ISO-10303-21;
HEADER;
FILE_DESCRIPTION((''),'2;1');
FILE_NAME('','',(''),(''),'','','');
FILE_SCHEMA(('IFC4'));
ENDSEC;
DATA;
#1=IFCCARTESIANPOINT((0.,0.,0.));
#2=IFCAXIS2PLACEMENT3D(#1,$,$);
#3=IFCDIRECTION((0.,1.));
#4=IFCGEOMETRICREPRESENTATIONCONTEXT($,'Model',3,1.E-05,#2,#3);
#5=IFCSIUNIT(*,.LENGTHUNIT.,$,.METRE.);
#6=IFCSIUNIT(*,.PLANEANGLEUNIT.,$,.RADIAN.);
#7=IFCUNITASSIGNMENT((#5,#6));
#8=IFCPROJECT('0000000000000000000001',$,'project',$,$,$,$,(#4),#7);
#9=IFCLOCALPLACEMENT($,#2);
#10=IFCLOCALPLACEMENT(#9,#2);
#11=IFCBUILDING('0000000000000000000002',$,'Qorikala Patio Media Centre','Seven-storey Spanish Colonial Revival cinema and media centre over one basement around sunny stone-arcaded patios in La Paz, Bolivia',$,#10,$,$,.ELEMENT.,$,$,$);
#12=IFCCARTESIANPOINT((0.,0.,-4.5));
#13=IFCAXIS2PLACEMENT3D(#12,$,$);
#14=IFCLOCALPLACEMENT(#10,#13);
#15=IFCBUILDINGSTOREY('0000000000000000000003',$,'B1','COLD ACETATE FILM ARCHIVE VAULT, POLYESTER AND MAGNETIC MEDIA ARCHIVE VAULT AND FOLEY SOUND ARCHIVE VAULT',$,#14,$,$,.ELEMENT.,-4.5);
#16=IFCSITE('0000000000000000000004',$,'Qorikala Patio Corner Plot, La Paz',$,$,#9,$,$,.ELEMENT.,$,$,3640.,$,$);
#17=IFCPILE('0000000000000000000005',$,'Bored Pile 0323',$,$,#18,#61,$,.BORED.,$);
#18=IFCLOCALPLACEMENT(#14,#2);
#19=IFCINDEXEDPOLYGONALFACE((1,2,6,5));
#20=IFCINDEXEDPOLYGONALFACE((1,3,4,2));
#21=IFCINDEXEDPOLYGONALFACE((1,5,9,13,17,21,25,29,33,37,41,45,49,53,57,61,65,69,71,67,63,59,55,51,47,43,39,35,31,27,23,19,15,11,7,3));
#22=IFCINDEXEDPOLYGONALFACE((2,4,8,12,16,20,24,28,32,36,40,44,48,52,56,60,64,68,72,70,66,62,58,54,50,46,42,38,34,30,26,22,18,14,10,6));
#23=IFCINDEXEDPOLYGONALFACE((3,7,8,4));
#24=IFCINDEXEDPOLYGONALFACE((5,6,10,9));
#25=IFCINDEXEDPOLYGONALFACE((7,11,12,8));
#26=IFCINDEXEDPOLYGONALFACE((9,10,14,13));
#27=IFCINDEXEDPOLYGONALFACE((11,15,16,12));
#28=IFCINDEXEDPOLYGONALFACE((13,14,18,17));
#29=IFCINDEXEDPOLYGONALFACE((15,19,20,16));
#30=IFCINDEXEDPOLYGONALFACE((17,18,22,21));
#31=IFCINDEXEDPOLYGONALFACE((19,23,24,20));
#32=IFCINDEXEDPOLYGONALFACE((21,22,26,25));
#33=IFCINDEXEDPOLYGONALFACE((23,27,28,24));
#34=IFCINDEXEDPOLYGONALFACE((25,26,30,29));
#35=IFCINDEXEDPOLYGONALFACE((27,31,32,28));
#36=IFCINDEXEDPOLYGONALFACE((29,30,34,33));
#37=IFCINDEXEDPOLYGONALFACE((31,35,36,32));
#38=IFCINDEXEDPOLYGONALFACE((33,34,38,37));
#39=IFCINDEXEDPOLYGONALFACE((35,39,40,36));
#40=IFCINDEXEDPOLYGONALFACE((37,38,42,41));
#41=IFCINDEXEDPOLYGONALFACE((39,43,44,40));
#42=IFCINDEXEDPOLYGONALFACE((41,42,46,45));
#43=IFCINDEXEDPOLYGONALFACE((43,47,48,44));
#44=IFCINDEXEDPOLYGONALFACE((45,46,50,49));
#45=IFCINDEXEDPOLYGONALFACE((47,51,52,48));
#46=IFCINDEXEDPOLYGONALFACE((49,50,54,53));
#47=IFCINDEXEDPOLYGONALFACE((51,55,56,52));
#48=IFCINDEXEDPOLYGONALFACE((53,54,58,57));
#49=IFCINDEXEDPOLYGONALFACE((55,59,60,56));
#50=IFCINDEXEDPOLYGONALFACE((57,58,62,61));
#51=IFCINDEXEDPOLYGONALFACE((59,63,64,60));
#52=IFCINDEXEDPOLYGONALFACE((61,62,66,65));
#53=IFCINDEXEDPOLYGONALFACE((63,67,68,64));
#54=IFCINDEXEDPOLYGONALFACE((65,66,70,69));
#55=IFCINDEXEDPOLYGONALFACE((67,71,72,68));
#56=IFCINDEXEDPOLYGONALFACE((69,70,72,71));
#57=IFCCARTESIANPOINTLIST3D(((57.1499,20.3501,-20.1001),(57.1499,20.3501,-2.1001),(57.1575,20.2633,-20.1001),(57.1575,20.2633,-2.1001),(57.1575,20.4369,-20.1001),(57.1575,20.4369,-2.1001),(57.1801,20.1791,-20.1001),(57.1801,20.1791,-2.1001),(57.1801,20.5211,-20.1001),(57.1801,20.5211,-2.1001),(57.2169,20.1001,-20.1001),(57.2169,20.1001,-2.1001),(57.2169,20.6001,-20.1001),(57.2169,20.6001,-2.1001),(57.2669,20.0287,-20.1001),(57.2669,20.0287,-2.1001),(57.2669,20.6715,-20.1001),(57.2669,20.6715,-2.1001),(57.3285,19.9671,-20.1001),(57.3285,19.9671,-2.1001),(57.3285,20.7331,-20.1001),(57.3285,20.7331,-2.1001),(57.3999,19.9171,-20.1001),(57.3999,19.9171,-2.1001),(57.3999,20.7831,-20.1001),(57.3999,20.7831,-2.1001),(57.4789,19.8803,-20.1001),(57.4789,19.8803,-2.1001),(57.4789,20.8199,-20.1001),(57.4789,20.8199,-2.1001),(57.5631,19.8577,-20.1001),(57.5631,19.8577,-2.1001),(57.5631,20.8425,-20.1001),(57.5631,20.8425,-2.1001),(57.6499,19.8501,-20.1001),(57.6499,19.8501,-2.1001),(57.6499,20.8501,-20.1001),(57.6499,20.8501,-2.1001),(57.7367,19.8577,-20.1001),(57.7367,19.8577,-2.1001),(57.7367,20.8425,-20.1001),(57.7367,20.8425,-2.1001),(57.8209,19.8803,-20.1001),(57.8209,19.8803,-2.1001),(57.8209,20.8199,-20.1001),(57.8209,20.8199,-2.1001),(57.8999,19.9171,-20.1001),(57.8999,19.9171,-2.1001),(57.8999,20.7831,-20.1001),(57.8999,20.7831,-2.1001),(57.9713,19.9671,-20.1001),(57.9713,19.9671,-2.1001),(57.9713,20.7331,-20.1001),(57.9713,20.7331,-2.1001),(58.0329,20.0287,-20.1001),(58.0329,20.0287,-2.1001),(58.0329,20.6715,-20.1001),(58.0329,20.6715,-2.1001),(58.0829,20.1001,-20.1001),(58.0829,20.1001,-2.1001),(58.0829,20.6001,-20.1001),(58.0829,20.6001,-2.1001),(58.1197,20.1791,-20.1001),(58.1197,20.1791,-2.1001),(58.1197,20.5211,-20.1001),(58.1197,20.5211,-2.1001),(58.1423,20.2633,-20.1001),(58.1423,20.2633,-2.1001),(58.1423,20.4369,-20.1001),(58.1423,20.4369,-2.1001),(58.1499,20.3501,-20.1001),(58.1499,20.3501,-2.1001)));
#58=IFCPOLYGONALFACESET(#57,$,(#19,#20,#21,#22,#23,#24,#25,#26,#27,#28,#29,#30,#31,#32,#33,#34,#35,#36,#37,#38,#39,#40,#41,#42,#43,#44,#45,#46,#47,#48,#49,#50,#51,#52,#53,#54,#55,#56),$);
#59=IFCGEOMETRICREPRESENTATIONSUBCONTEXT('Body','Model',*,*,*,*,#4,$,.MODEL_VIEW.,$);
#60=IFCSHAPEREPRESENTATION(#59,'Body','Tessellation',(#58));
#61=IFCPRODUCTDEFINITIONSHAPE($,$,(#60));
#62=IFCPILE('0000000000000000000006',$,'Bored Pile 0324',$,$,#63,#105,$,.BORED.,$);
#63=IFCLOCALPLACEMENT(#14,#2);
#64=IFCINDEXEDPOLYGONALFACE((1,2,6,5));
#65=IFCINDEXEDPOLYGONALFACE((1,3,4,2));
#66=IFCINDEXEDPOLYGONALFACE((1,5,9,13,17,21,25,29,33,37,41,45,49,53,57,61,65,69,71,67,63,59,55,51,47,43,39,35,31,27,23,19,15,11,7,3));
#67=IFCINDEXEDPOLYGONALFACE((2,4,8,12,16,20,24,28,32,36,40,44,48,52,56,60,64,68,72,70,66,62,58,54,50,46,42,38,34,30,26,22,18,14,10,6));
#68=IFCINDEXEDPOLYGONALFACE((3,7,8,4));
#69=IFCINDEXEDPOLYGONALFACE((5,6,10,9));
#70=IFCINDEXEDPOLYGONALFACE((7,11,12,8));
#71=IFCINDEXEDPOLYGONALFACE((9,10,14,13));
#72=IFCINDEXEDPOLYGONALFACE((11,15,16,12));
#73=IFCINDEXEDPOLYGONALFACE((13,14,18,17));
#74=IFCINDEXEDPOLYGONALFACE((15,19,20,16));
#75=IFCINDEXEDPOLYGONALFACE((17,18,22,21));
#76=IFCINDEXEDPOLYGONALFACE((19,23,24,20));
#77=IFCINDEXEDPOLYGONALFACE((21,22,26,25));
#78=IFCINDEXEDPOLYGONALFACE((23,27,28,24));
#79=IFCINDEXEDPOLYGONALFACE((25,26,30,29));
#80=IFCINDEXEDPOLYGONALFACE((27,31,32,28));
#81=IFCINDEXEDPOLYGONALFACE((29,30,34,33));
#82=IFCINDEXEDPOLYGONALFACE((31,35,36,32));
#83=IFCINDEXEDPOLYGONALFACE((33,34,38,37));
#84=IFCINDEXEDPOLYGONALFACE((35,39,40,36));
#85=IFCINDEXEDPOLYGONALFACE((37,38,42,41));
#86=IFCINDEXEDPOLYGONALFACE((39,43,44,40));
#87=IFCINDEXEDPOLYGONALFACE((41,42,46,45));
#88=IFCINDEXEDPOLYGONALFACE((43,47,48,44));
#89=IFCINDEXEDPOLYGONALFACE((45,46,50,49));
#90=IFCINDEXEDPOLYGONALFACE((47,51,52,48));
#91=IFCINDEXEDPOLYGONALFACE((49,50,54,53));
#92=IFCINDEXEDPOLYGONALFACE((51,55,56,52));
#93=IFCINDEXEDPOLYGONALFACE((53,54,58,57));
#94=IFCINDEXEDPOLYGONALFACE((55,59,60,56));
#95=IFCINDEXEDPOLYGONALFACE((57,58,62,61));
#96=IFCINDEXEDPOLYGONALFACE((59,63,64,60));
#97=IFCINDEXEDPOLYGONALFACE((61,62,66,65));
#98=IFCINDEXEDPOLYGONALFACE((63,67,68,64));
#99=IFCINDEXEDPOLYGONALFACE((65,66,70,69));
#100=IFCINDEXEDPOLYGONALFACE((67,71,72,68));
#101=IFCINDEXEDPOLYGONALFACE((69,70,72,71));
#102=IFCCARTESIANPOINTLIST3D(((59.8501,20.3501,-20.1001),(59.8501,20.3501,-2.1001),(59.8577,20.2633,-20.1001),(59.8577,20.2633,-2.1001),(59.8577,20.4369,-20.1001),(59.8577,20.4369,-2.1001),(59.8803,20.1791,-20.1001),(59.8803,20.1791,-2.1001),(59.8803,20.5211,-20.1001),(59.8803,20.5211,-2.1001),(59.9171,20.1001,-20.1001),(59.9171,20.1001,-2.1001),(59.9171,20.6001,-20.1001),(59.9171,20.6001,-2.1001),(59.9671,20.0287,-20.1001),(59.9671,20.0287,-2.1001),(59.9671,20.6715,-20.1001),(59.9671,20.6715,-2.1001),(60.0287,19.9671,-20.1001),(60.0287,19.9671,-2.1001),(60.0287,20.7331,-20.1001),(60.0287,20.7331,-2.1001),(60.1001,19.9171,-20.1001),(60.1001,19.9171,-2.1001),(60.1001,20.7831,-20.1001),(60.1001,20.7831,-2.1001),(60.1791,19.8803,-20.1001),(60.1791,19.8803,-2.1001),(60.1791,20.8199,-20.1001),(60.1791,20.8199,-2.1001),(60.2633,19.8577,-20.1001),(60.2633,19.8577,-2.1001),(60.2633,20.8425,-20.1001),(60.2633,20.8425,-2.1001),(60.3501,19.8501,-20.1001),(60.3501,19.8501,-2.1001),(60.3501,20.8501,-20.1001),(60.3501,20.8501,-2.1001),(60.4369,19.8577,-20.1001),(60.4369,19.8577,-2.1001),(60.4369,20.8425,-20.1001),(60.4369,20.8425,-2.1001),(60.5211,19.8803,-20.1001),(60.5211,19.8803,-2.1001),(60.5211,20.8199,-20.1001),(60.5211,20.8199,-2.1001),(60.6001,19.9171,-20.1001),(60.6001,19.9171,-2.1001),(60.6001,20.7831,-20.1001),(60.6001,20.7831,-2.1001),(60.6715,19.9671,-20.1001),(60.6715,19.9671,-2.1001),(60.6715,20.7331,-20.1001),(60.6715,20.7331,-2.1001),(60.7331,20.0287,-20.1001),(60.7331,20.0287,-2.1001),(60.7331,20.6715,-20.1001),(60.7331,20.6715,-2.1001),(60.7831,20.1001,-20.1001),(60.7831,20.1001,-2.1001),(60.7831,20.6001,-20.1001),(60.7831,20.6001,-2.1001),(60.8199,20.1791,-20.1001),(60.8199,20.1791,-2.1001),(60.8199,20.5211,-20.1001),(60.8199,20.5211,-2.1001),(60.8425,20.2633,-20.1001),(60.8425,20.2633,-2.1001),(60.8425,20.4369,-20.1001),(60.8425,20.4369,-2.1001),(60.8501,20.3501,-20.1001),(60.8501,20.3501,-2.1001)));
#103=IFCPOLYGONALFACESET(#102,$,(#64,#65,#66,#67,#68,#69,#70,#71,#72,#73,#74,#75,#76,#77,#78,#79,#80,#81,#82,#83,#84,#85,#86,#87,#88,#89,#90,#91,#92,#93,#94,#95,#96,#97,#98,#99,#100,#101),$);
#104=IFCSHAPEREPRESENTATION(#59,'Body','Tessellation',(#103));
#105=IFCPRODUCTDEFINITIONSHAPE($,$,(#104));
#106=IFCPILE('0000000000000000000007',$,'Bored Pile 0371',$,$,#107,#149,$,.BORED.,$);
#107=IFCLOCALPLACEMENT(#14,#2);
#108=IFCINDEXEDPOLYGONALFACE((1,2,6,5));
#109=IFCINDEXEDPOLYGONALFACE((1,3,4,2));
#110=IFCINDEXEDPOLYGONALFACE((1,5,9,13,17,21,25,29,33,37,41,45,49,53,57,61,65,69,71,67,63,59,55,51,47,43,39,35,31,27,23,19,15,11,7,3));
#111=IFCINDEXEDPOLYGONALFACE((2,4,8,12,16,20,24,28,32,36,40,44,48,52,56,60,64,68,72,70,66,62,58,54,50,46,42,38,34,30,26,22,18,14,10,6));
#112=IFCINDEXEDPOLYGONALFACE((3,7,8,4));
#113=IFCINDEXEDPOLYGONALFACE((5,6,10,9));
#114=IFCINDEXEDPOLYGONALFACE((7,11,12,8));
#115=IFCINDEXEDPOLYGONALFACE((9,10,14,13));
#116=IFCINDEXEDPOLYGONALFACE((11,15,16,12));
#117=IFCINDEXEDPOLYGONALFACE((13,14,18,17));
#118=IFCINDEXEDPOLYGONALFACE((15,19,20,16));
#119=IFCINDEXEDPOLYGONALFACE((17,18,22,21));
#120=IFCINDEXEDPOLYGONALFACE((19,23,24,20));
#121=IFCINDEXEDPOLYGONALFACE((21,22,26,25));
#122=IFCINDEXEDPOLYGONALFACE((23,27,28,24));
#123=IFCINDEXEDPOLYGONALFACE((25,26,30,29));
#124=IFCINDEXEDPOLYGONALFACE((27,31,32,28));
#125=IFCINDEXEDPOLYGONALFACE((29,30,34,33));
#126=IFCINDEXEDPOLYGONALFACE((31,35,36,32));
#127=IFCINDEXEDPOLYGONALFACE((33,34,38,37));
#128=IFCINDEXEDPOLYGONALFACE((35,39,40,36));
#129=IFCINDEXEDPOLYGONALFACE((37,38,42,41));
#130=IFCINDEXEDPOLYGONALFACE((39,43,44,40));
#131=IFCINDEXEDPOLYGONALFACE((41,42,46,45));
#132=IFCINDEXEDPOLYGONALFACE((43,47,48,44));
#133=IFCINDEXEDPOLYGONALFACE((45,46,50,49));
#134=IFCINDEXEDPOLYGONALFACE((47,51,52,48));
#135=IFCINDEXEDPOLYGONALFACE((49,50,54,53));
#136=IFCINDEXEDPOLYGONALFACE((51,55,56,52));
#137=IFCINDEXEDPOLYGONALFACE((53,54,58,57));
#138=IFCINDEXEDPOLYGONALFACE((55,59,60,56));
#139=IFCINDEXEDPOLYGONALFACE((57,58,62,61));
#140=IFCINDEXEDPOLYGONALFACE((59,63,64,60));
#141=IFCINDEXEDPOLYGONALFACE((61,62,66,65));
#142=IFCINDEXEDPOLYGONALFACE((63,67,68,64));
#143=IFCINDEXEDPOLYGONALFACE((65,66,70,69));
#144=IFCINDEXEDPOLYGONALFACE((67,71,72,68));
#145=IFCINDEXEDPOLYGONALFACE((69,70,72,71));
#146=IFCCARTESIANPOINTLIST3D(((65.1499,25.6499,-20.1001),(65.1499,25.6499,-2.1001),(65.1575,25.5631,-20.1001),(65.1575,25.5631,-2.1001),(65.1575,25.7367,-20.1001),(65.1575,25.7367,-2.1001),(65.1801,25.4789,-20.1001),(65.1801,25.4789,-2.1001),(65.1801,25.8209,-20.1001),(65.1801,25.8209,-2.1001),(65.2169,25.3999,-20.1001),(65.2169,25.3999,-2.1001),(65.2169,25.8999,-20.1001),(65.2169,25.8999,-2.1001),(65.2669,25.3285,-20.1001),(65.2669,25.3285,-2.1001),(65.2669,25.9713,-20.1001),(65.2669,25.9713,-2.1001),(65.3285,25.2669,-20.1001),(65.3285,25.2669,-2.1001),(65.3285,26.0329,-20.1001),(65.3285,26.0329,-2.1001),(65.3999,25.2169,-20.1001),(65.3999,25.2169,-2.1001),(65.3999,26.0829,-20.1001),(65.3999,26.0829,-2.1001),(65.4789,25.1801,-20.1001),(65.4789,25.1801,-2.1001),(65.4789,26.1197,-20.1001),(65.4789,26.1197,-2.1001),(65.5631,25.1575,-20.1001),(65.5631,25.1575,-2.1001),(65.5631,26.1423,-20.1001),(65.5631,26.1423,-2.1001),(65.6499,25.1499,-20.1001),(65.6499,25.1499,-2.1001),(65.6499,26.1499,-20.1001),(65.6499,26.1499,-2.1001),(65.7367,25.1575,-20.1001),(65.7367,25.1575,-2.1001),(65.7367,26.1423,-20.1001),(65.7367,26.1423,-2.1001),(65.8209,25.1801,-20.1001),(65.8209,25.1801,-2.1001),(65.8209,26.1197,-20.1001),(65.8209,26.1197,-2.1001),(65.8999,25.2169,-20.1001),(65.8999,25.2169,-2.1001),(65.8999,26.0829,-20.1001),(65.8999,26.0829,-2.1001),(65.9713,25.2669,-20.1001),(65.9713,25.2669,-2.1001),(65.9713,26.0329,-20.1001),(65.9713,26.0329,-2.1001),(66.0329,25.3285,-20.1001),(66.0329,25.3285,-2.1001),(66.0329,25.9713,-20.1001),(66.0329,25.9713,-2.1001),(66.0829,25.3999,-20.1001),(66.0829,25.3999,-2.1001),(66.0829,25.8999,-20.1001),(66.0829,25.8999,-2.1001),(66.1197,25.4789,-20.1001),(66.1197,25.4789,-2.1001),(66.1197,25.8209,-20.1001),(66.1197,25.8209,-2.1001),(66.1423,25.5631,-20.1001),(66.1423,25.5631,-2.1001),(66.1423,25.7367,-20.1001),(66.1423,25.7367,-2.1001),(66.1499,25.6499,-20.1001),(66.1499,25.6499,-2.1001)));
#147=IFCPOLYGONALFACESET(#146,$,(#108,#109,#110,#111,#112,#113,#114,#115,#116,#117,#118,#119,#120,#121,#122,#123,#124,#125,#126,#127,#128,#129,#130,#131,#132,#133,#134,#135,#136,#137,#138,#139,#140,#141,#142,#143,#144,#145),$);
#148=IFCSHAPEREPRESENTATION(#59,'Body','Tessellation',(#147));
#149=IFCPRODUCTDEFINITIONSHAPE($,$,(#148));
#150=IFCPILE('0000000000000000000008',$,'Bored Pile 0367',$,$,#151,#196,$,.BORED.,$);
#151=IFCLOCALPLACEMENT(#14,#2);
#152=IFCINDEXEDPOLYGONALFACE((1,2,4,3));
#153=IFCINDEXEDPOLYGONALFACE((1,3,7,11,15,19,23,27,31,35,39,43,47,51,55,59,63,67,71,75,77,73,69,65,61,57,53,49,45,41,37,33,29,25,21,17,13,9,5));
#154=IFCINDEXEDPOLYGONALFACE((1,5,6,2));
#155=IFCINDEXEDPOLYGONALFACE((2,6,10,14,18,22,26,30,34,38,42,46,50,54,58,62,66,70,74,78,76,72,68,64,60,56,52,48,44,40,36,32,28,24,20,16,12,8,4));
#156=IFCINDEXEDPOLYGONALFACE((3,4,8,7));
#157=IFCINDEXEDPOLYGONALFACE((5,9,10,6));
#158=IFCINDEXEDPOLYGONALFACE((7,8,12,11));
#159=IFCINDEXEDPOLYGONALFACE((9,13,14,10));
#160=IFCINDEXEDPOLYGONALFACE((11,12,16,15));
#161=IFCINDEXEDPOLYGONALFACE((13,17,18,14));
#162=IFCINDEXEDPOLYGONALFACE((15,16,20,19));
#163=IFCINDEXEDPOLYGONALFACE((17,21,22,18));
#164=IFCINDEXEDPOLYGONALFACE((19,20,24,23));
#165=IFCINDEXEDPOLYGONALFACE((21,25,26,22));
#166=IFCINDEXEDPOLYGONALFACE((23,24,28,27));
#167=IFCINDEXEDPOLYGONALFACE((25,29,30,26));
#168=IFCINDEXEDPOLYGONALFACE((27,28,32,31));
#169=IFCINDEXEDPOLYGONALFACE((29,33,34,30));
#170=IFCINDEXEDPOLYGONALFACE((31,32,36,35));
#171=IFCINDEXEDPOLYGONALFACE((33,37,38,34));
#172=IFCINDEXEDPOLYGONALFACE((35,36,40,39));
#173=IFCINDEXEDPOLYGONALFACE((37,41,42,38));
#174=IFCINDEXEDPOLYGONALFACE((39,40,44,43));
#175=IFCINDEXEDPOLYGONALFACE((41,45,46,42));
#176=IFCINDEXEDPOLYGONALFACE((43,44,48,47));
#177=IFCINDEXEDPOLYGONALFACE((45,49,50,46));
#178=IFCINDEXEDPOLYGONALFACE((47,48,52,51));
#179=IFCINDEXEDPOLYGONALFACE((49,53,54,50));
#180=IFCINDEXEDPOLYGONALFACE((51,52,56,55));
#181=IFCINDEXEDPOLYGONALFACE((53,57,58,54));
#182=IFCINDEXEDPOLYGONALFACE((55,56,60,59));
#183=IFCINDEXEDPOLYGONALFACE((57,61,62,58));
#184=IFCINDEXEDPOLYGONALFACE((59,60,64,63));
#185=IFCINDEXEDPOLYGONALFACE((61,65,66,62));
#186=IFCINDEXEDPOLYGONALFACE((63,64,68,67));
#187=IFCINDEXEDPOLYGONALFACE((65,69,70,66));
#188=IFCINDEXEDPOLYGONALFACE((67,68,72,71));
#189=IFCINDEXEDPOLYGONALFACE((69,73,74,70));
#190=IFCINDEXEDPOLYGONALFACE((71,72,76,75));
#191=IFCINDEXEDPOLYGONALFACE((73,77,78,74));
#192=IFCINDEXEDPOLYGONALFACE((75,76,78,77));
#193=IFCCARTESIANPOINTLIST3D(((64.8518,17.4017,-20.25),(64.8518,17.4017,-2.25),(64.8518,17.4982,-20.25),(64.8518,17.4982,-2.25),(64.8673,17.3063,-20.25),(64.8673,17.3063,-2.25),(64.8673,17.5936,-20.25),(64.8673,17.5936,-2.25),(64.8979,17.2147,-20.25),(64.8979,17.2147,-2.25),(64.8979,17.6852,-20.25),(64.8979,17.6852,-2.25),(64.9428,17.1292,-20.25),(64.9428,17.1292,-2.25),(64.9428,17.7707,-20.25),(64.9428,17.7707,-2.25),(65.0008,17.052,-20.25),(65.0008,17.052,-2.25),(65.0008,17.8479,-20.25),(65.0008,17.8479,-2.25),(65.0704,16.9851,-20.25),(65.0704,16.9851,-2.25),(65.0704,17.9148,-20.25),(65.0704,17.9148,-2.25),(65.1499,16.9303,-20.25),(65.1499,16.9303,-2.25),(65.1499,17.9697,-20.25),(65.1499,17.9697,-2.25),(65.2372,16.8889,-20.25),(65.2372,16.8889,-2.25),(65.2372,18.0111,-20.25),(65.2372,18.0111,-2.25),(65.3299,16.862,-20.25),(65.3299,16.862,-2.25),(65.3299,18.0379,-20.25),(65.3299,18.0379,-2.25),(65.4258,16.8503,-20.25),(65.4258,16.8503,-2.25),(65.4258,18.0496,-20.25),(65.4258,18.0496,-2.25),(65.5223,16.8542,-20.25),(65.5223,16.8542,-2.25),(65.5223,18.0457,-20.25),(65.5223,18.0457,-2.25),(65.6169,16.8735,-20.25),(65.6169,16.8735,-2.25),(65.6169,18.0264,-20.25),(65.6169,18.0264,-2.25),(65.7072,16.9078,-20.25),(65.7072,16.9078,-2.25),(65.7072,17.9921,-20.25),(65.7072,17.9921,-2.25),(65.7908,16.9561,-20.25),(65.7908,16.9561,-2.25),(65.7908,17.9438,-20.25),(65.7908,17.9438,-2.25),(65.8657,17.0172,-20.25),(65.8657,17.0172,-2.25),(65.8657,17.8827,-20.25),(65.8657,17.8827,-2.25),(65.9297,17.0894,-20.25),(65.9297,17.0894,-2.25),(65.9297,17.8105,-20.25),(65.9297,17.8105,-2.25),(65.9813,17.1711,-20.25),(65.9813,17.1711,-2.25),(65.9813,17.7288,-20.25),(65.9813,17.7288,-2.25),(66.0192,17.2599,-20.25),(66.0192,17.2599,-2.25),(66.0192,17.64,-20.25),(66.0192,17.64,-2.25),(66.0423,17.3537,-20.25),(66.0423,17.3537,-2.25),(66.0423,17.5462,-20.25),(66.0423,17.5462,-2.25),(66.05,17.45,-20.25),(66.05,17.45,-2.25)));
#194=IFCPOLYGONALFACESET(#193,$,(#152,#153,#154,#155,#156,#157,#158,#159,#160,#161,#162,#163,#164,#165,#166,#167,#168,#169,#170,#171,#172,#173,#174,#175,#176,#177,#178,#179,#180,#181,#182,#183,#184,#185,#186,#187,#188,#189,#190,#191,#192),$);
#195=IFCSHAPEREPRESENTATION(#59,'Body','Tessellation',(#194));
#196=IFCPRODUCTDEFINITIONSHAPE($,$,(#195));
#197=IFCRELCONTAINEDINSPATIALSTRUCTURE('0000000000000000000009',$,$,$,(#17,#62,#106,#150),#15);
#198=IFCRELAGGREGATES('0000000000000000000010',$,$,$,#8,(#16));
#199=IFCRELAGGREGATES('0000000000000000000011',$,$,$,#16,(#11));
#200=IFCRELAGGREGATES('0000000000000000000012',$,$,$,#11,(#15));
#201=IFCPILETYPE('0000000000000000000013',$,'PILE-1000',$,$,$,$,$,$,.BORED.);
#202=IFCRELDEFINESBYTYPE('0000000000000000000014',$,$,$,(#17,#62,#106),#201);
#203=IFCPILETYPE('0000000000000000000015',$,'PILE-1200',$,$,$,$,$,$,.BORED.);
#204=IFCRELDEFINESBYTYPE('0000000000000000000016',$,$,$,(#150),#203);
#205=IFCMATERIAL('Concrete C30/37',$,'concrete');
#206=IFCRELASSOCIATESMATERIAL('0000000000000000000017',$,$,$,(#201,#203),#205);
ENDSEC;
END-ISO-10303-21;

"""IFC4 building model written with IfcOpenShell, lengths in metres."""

from ifc_helpers import new_model, si_unit, direction, frame, origin, origin_2d, place, context, subcontext, project, spatial, circle, extrude, material, material_profile, profile_set, type_object, element, save


model = new_model("IFC4")

# Units and contexts
model_context = context("Model", 3, precision=1e-05, world=origin(), true_north=direction((0.0, 1.0)))
body_context = subcontext(model_context, "Body", "Model", "MODEL_VIEW")
ifc_project = project(units=[si_unit("LENGTHUNIT", "METRE"), si_unit("PLANEANGLEUNIT", "RADIAN")], contexts=[model_context])

# Site, building, storey
site_placement = place(None, origin())
site = spatial("IfcSite", under=ifc_project, at=site_placement, Name="Qorikala Patio Corner Plot, La Paz", CompositionType="ELEMENT", RefElevation=3640.0)
building_placement = place(site_placement, origin())
building = spatial("IfcBuilding", under=site, at=building_placement, Name="Qorikala Patio Media Centre", Description="Seven-storey Spanish Colonial Revival cinema and media centre over one basement around sunny stone-arcaded patios in La Paz, Bolivia", CompositionType="ELEMENT")
storey_placement = place(building_placement, frame((0.0, 0.0, -4.5)))
storey = spatial("IfcBuildingStorey", under=building, at=storey_placement, Name="B1", Description="COLD ACETATE FILM ARCHIVE VAULT, POLYESTER AND MAGNETIC MEDIA ARCHIVE VAULT AND FOLEY SOUND ARCHIVE VAULT", CompositionType="ELEMENT", Elevation=-4.5)

# Shared definitions
ifc_material_1 = material(Name="Concrete C30/37", Category="concrete")

# Piles
ifc_material_profile_1 = material_profile(ifc_material_1, circle(Radius=0.5, at=origin_2d()), Name="BORED PILE 1000")
ifc_profile_set_1 = profile_set([ifc_material_profile_1], Name="Concrete C30/37")
pile_type_1 = type_object("IfcPileType", Name="PILE-1000", PredefinedType="BORED", material=ifc_profile_set_1)
for number, where, z_axis, x_axis, name in (
    (1, (57.6499, 20.3501, -2.1001), (0.0, 0.0, -1.0), (1.0, 0.0, 0.0), "Bored Pile 0323"),
    (2, (60.3501, 20.3501, -2.1001), (0.0, 0.0, -1.0), (1.0, 0.0, 0.0), "Bored Pile 0324"),
    (3, (65.6499, 25.6499, -2.1001), (0.0, 0.0, -1.0), (1.0, 0.0, 0.0), "Bored Pile 0371"),
):
    element("IfcPile", number, at=place(storey_placement, frame(where, z_axis=z_axis, x_axis=x_axis)), inside=storey, type_object=pile_type_1, Name=name, PredefinedType="BORED", context=body_context, shape_type="SweptSolid", body=[
        extrude(circle(Radius=0.5, at=origin_2d()), origin(), (0.0, 0.0, 1.0), 18.0),
    ])
ifc_material_profile_2 = material_profile(ifc_material_1, circle(Radius=0.6001, at=origin_2d()), Name="BORED PILE 1200")
ifc_profile_set_2 = profile_set([ifc_material_profile_2], Name="Concrete C30/37")
pile_type_2 = type_object("IfcPileType", Name="PILE-1200", PredefinedType="BORED", material=ifc_profile_set_2)
for number, where, z_axis, x_axis, name in (
    (4, (65.45, 17.45, -2.25), (0.0, 0.0, -1.0), (1.0, 0.0, 0.0), "Bored Pile 0367"),
):
    element("IfcPile", number, at=place(storey_placement, frame(where, z_axis=z_axis, x_axis=x_axis)), inside=storey, type_object=pile_type_2, Name=name, PredefinedType="BORED", context=body_context, shape_type="SweptSolid", body=[
        extrude(circle(Radius=0.6001, at=origin_2d()), origin(), (0.0, 0.0, 1.0), 18.0),
    ])

save(model, "model.ifc")
